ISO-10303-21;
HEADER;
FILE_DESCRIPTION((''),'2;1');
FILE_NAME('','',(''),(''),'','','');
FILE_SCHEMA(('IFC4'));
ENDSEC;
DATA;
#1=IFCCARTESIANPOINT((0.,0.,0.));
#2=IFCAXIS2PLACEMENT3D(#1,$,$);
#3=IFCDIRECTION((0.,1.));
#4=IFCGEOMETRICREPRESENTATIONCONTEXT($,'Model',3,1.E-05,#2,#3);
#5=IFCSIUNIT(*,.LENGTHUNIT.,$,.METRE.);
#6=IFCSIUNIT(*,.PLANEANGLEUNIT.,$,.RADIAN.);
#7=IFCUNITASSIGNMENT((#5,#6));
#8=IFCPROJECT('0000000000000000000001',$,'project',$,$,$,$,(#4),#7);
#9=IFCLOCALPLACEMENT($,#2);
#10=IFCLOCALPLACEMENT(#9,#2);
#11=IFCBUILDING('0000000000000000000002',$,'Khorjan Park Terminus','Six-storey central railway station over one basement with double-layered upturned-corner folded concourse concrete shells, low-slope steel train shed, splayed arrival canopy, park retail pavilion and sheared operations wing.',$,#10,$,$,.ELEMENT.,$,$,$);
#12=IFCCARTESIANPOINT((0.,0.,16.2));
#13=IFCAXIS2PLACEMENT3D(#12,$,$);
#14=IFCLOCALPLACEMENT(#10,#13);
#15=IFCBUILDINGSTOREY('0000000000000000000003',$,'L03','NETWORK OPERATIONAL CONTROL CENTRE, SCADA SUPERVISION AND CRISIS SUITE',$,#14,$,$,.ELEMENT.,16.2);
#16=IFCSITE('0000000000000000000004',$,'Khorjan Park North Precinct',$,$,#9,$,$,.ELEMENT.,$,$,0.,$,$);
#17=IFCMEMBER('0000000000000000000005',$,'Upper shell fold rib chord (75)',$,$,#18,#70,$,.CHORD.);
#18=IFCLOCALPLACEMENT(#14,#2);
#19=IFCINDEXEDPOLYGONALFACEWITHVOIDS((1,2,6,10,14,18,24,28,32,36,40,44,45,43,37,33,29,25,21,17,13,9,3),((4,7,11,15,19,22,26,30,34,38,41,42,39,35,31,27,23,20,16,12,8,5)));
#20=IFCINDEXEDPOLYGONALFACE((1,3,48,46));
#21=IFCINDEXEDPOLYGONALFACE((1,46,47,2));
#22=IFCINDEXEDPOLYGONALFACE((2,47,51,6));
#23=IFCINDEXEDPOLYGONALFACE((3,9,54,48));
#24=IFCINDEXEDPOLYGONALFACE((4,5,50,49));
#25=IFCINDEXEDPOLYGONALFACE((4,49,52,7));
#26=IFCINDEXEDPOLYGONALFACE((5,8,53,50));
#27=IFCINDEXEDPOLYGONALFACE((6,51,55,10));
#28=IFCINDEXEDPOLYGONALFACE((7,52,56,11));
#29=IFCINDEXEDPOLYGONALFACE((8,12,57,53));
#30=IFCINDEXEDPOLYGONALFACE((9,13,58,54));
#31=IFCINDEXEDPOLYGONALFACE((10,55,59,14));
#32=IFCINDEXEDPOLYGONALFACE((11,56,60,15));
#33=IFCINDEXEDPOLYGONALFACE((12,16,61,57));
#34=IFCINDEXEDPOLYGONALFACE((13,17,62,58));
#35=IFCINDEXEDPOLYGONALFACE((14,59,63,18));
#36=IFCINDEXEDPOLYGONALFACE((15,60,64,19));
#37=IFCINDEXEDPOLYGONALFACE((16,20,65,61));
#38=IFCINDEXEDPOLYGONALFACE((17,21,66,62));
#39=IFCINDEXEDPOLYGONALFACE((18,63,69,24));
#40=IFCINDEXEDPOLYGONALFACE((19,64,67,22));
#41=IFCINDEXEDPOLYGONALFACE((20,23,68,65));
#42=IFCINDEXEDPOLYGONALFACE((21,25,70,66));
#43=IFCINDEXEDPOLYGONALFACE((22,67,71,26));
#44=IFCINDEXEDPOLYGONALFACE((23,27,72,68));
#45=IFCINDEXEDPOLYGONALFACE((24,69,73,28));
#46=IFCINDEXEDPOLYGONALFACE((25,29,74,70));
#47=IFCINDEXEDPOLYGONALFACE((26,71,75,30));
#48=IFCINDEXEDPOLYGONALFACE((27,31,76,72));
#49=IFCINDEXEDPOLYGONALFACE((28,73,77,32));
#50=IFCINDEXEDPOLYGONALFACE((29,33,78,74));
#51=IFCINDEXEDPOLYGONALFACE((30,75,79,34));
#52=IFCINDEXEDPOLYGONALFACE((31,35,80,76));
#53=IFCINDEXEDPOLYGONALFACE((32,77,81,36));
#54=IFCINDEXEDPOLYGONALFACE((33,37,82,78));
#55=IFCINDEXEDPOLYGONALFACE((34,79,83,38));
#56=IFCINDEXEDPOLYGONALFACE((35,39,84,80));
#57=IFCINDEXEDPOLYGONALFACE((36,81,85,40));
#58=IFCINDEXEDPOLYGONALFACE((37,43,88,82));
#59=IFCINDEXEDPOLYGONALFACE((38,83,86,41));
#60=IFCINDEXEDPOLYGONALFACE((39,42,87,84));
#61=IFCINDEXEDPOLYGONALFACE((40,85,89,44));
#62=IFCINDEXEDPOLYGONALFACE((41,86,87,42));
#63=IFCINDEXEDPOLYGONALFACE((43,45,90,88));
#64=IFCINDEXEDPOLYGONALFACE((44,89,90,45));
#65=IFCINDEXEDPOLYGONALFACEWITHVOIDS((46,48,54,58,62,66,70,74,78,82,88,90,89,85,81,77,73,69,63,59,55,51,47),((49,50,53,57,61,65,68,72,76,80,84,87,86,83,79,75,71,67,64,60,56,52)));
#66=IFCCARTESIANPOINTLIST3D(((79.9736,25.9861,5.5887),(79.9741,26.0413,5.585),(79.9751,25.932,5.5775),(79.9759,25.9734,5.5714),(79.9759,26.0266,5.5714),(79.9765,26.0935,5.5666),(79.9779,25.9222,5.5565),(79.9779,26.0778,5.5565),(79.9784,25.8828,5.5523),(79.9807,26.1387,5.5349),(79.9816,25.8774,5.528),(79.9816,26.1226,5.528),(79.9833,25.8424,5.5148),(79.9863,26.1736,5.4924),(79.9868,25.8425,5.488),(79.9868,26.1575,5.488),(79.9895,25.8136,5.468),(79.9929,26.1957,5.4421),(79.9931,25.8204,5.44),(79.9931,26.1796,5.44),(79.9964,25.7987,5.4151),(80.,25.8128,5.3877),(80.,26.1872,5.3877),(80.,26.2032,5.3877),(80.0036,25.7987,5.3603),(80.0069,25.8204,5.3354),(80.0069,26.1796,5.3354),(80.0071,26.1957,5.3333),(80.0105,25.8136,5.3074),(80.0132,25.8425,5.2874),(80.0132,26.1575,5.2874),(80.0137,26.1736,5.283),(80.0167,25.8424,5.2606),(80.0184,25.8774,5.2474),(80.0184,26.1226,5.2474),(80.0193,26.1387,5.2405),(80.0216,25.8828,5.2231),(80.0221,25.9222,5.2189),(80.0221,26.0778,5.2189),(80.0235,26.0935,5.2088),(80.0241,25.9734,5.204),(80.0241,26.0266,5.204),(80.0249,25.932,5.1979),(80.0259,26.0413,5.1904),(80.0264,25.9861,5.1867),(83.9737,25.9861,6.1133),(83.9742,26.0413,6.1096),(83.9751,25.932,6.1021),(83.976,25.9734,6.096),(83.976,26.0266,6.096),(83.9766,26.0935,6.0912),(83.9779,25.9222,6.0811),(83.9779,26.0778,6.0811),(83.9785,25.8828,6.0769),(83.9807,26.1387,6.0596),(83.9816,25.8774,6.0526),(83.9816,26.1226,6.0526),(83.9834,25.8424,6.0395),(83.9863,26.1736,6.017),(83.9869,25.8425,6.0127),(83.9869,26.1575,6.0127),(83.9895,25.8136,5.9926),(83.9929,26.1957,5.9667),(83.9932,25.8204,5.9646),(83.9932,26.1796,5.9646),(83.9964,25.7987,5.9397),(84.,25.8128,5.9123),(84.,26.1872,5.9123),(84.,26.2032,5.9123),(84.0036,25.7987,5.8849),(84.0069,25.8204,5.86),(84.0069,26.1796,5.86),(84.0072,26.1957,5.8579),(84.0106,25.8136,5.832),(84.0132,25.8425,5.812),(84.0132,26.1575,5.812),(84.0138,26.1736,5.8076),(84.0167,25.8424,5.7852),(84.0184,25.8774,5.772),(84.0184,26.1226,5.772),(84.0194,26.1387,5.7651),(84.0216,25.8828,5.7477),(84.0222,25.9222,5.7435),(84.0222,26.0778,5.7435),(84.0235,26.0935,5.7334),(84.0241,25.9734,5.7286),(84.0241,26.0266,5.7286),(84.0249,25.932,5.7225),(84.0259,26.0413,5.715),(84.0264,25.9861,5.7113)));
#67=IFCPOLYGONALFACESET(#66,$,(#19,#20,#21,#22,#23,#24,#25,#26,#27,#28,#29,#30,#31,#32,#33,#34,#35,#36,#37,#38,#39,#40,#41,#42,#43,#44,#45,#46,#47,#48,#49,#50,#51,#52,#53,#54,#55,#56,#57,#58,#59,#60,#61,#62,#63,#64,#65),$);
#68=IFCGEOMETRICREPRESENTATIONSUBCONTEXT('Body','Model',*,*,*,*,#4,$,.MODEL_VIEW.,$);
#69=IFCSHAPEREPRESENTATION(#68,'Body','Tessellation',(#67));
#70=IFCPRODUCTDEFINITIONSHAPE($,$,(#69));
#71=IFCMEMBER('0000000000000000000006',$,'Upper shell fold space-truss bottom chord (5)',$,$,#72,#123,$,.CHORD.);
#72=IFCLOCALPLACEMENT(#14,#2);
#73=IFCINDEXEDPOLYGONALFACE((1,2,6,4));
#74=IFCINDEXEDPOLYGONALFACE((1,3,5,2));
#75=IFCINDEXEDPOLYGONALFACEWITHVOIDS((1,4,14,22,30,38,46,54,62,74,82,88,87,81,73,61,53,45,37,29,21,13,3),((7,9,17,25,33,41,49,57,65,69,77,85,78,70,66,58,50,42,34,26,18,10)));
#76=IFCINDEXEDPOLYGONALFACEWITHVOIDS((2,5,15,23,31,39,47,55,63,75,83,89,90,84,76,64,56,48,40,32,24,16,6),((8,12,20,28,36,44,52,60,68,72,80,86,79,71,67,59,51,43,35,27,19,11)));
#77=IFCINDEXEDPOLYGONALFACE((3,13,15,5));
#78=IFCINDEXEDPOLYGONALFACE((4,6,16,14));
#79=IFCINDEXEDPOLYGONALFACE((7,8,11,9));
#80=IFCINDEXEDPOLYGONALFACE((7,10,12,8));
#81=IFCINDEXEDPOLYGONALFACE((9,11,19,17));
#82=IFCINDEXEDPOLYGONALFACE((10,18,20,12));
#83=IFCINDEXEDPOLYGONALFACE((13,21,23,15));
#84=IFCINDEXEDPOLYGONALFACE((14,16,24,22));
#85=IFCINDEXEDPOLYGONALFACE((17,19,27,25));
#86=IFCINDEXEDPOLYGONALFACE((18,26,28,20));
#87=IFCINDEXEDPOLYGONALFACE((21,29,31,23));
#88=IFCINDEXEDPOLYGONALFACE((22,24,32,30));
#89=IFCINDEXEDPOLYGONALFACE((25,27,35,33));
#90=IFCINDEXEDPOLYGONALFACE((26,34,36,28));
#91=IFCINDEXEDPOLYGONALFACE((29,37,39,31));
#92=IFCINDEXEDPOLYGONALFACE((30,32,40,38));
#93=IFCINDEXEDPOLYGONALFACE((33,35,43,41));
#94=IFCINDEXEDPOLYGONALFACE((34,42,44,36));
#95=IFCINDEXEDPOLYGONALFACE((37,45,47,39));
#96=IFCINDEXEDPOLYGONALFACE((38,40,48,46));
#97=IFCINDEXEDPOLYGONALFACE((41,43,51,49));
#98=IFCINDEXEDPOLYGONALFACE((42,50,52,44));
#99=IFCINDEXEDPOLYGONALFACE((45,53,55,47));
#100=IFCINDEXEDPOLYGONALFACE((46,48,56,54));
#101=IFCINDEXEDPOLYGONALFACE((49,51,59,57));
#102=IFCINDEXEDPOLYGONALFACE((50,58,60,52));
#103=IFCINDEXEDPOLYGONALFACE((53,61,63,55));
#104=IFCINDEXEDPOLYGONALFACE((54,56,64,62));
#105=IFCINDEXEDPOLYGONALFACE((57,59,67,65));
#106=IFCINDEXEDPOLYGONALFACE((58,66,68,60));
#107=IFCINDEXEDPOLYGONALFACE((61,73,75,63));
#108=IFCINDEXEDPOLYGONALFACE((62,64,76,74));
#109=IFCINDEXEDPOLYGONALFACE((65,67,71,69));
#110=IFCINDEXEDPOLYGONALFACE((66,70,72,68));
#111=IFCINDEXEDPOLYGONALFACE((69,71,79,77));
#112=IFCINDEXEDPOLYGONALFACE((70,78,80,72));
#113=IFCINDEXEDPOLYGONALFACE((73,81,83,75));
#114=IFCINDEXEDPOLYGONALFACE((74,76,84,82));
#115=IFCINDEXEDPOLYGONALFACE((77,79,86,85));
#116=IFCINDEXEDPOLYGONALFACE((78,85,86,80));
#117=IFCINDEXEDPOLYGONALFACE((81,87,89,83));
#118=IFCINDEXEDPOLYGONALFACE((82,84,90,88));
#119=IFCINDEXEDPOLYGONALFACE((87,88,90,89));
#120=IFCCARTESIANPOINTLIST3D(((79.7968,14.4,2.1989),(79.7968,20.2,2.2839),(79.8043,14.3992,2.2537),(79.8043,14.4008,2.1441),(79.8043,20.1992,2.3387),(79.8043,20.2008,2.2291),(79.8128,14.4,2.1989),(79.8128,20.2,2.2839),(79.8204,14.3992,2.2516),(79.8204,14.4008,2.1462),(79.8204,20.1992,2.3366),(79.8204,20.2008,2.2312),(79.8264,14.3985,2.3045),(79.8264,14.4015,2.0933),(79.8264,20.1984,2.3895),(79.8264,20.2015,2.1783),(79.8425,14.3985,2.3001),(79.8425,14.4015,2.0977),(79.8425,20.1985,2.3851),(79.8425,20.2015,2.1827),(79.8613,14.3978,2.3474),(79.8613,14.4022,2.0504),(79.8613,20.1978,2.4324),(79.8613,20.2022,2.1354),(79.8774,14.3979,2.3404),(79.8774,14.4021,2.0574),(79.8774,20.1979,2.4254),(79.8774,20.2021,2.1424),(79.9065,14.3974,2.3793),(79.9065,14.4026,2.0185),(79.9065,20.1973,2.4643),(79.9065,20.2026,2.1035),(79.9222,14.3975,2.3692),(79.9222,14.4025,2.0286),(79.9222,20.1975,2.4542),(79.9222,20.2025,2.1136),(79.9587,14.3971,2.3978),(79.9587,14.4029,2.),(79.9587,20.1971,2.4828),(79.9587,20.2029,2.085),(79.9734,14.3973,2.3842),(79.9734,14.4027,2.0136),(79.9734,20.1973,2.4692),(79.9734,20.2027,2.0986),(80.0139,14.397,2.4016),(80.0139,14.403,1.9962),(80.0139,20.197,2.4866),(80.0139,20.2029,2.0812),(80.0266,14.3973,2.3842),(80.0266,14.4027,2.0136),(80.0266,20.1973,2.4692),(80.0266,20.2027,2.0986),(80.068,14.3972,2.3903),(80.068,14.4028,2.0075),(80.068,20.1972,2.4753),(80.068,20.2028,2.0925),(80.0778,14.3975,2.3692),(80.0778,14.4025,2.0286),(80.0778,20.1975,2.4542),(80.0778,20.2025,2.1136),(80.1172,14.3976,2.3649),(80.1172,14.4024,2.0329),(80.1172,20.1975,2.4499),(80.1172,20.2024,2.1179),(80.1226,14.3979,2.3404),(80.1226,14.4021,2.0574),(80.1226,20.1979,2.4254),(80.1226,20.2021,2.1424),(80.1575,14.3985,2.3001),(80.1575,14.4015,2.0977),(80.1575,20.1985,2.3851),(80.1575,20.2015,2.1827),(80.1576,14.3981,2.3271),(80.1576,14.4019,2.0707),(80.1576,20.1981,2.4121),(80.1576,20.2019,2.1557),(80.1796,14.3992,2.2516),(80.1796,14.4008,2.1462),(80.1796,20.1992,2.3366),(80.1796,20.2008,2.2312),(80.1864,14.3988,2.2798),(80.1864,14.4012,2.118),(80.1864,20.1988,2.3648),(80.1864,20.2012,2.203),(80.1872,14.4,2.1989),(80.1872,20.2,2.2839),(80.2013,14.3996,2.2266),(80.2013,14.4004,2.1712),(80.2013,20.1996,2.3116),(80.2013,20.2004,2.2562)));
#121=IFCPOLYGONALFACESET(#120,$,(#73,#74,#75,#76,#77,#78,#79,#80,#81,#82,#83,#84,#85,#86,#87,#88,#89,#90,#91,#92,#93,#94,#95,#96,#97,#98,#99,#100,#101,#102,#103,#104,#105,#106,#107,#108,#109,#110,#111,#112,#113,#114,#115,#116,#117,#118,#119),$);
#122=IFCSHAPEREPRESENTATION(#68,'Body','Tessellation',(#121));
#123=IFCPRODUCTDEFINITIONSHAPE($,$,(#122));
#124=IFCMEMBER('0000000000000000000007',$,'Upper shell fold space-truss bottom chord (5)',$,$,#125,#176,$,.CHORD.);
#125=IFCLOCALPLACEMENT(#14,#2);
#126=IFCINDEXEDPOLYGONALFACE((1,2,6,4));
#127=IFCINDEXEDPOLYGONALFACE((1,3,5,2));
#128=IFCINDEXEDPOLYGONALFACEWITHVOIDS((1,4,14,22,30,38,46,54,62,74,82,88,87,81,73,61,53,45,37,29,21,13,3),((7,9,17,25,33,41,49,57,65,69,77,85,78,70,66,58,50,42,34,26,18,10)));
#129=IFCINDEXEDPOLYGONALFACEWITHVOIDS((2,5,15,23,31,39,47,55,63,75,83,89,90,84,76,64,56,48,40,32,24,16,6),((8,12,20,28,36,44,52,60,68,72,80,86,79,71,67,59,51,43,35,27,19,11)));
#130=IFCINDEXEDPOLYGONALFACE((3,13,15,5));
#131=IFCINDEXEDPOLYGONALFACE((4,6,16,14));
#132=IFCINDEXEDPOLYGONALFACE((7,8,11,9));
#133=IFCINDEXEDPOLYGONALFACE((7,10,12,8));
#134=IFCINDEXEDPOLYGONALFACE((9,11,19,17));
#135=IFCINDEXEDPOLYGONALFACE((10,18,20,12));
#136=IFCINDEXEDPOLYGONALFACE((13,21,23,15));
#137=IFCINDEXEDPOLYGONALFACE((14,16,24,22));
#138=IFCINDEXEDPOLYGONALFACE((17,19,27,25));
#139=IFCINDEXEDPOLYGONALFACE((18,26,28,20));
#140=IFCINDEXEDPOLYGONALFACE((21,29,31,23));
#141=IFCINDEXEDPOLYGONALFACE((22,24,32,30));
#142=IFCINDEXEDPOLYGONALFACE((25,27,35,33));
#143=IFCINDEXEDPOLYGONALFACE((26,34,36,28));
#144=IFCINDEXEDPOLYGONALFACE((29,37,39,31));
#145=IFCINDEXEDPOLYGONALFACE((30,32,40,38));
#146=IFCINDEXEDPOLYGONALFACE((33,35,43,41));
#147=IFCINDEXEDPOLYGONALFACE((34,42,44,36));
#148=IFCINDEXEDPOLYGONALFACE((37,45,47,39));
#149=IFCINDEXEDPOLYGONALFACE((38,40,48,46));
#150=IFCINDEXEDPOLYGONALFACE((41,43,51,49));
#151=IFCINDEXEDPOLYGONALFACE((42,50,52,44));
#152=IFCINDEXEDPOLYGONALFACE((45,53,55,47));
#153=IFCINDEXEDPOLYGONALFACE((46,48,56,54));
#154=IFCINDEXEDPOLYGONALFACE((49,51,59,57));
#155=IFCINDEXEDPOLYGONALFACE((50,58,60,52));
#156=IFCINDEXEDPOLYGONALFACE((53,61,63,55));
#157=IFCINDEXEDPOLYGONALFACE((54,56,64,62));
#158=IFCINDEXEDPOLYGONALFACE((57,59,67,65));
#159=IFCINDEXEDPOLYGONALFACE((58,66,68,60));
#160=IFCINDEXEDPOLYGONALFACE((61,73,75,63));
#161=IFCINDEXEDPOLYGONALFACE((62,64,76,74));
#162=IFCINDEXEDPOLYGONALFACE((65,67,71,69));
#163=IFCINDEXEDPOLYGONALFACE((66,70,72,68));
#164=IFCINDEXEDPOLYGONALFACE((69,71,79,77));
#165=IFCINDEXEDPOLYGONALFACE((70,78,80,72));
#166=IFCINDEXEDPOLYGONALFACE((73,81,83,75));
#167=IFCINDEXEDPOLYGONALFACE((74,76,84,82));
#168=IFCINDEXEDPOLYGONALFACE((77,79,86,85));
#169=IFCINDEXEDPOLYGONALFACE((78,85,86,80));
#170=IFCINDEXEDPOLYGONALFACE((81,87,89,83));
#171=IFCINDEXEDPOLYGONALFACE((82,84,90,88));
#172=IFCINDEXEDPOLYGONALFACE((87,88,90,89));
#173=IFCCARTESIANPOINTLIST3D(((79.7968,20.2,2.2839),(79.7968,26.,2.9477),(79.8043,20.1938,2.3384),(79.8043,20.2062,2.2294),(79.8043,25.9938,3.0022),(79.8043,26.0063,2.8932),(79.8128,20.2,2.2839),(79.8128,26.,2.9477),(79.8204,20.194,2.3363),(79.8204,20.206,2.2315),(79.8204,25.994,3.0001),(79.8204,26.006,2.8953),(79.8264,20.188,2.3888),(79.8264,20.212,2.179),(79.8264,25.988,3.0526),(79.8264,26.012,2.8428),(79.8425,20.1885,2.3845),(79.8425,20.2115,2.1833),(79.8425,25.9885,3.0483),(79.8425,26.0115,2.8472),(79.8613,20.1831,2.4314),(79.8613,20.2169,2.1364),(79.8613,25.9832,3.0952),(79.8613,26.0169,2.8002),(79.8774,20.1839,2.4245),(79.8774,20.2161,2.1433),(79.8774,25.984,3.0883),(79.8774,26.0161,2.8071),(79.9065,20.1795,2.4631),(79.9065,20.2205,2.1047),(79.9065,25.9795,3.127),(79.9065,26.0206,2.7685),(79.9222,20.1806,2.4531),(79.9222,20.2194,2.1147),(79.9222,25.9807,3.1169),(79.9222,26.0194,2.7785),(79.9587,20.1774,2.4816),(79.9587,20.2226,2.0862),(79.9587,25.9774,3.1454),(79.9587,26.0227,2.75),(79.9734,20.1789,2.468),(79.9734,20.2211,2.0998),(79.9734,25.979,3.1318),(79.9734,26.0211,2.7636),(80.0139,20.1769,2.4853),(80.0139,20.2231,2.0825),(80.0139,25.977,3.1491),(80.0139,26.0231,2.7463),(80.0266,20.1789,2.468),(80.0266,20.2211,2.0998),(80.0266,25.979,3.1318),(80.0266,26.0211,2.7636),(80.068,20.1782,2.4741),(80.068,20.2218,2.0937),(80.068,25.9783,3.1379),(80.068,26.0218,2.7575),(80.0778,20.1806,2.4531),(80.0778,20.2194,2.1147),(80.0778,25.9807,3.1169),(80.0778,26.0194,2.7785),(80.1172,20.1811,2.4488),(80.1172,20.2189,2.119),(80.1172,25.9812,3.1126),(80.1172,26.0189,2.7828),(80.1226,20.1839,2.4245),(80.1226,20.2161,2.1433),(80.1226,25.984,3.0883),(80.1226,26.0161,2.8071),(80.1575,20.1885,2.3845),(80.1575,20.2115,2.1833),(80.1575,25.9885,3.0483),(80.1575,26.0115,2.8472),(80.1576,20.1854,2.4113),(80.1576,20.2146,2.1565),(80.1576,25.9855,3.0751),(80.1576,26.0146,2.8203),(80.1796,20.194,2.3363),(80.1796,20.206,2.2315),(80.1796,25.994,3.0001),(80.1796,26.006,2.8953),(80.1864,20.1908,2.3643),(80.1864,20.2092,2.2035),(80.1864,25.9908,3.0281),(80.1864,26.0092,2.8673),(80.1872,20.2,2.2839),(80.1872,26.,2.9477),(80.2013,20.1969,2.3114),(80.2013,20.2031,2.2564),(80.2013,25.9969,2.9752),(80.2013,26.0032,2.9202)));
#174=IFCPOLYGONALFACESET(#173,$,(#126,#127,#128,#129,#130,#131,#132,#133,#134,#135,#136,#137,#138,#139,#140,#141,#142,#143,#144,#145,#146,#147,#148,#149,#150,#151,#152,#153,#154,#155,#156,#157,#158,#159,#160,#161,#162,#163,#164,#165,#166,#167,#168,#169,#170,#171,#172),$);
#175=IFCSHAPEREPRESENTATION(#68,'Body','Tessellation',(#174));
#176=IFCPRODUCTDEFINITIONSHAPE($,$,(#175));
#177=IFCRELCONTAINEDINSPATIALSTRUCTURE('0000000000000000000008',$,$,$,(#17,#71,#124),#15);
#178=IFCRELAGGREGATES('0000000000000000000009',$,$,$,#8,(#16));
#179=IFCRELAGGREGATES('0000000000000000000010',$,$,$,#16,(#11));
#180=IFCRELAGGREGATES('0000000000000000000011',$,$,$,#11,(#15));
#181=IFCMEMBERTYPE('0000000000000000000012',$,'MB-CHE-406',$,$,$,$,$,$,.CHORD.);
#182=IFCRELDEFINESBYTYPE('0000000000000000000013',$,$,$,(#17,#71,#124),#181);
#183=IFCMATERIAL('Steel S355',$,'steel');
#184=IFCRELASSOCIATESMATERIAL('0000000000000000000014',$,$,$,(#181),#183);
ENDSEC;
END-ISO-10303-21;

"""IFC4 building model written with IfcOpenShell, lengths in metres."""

from ifc_helpers import new_model, si_unit, direction, frame, origin, origin_2d, place, context, subcontext, project, spatial, hollow_circle, extrude, material, material_profile, profile_set, type_object, element, save


model = new_model("IFC4")

# Units and contexts
model_context = context("Model", 3, precision=1e-05, world=origin(), true_north=direction((0.0, 1.0)))
body_context = subcontext(model_context, "Body", "Model", "MODEL_VIEW")
ifc_project = project(units=[si_unit("LENGTHUNIT", "METRE"), si_unit("PLANEANGLEUNIT", "RADIAN")], contexts=[model_context])

# Site, building, storey
site_placement = place(None, origin())
site = spatial("IfcSite", under=ifc_project, at=site_placement, Name="Khorjan Park North Precinct", CompositionType="ELEMENT", RefElevation=0.0)
building_placement = place(site_placement, origin())
building = spatial("IfcBuilding", under=site, at=building_placement, Name="Khorjan Park Terminus", Description="Six-storey central railway station over one basement with double-layered upturned-corner folded concourse concrete shells, low-slope steel train shed, splayed arrival canopy, park retail pavilion and sheared operations wing.", CompositionType="ELEMENT")
storey_placement = place(building_placement, frame((0.0, 0.0, 16.2)))
storey = spatial("IfcBuildingStorey", under=building, at=storey_placement, Name="L03", Description="NETWORK OPERATIONAL CONTROL CENTRE, SCADA SUPERVISION AND CRISIS SUITE", CompositionType="ELEMENT", Elevation=16.2)

# Members
ifc_material_1 = material(Name="Steel S355", Category="steel")
ifc_material_profile_1 = material_profile(ifc_material_1, hollow_circle(Radius=0.2032, WallThickness=0.016, at=origin_2d()), Name="CHS 406.4x16")
ifc_profile_set_1 = profile_set([ifc_material_profile_1], Name="Steel S355")
member_type_1 = type_object("IfcMemberType", Name="MB-CHE-406", PredefinedType="CHORD", material=ifc_profile_set_1)
member_1_placement = place(storey_placement, frame((80.0, 26.0, 5.3877), z_axis=(0.991509, 0.0, 0.130036), x_axis=(0.0, 1.0, 0.0)))
element("IfcMember", 1, at=member_1_placement, inside=storey, type_object=member_type_1, Name="Upper shell fold rib chord (75)", PredefinedType="CHORD", context=body_context, shape_type="SweptSolid", body=[
    extrude(hollow_circle(Radius=0.2032, WallThickness=0.016, at=origin_2d()), origin(), (0.0, 0.0, 1.0), 4.0343),
])
member_2_placement = place(storey_placement, frame((80.0, 14.4, 2.1989), z_axis=(0.0, 0.999893, 0.014654), x_axis=(-1.0, 0.0, 0.0)))
element("IfcMember", 2, at=member_2_placement, inside=storey, type_object=member_type_1, Name="Upper shell fold space-truss bottom chord (5)", PredefinedType="CHORD", context=body_context, shape_type="SweptSolid", body=[
    extrude(hollow_circle(Radius=0.2032, WallThickness=0.016, at=origin_2d()), origin(), (0.0, 0.0, 1.0), 5.8006),
])
member_3_placement = place(storey_placement, frame((80.0, 20.2, 2.2839), z_axis=(0.0, 0.993514, 0.113706), x_axis=(-1.0, 0.0, 0.0)))
element("IfcMember", 3, at=member_3_placement, inside=storey, type_object=member_type_1, Name="Upper shell fold space-truss bottom chord (5)", PredefinedType="CHORD", context=body_context, shape_type="SweptSolid", body=[
    extrude(hollow_circle(Radius=0.2032, WallThickness=0.016, at=origin_2d()), origin(), (0.0, 0.0, 1.0), 5.8379),
])

save(model, "model.ifc")
